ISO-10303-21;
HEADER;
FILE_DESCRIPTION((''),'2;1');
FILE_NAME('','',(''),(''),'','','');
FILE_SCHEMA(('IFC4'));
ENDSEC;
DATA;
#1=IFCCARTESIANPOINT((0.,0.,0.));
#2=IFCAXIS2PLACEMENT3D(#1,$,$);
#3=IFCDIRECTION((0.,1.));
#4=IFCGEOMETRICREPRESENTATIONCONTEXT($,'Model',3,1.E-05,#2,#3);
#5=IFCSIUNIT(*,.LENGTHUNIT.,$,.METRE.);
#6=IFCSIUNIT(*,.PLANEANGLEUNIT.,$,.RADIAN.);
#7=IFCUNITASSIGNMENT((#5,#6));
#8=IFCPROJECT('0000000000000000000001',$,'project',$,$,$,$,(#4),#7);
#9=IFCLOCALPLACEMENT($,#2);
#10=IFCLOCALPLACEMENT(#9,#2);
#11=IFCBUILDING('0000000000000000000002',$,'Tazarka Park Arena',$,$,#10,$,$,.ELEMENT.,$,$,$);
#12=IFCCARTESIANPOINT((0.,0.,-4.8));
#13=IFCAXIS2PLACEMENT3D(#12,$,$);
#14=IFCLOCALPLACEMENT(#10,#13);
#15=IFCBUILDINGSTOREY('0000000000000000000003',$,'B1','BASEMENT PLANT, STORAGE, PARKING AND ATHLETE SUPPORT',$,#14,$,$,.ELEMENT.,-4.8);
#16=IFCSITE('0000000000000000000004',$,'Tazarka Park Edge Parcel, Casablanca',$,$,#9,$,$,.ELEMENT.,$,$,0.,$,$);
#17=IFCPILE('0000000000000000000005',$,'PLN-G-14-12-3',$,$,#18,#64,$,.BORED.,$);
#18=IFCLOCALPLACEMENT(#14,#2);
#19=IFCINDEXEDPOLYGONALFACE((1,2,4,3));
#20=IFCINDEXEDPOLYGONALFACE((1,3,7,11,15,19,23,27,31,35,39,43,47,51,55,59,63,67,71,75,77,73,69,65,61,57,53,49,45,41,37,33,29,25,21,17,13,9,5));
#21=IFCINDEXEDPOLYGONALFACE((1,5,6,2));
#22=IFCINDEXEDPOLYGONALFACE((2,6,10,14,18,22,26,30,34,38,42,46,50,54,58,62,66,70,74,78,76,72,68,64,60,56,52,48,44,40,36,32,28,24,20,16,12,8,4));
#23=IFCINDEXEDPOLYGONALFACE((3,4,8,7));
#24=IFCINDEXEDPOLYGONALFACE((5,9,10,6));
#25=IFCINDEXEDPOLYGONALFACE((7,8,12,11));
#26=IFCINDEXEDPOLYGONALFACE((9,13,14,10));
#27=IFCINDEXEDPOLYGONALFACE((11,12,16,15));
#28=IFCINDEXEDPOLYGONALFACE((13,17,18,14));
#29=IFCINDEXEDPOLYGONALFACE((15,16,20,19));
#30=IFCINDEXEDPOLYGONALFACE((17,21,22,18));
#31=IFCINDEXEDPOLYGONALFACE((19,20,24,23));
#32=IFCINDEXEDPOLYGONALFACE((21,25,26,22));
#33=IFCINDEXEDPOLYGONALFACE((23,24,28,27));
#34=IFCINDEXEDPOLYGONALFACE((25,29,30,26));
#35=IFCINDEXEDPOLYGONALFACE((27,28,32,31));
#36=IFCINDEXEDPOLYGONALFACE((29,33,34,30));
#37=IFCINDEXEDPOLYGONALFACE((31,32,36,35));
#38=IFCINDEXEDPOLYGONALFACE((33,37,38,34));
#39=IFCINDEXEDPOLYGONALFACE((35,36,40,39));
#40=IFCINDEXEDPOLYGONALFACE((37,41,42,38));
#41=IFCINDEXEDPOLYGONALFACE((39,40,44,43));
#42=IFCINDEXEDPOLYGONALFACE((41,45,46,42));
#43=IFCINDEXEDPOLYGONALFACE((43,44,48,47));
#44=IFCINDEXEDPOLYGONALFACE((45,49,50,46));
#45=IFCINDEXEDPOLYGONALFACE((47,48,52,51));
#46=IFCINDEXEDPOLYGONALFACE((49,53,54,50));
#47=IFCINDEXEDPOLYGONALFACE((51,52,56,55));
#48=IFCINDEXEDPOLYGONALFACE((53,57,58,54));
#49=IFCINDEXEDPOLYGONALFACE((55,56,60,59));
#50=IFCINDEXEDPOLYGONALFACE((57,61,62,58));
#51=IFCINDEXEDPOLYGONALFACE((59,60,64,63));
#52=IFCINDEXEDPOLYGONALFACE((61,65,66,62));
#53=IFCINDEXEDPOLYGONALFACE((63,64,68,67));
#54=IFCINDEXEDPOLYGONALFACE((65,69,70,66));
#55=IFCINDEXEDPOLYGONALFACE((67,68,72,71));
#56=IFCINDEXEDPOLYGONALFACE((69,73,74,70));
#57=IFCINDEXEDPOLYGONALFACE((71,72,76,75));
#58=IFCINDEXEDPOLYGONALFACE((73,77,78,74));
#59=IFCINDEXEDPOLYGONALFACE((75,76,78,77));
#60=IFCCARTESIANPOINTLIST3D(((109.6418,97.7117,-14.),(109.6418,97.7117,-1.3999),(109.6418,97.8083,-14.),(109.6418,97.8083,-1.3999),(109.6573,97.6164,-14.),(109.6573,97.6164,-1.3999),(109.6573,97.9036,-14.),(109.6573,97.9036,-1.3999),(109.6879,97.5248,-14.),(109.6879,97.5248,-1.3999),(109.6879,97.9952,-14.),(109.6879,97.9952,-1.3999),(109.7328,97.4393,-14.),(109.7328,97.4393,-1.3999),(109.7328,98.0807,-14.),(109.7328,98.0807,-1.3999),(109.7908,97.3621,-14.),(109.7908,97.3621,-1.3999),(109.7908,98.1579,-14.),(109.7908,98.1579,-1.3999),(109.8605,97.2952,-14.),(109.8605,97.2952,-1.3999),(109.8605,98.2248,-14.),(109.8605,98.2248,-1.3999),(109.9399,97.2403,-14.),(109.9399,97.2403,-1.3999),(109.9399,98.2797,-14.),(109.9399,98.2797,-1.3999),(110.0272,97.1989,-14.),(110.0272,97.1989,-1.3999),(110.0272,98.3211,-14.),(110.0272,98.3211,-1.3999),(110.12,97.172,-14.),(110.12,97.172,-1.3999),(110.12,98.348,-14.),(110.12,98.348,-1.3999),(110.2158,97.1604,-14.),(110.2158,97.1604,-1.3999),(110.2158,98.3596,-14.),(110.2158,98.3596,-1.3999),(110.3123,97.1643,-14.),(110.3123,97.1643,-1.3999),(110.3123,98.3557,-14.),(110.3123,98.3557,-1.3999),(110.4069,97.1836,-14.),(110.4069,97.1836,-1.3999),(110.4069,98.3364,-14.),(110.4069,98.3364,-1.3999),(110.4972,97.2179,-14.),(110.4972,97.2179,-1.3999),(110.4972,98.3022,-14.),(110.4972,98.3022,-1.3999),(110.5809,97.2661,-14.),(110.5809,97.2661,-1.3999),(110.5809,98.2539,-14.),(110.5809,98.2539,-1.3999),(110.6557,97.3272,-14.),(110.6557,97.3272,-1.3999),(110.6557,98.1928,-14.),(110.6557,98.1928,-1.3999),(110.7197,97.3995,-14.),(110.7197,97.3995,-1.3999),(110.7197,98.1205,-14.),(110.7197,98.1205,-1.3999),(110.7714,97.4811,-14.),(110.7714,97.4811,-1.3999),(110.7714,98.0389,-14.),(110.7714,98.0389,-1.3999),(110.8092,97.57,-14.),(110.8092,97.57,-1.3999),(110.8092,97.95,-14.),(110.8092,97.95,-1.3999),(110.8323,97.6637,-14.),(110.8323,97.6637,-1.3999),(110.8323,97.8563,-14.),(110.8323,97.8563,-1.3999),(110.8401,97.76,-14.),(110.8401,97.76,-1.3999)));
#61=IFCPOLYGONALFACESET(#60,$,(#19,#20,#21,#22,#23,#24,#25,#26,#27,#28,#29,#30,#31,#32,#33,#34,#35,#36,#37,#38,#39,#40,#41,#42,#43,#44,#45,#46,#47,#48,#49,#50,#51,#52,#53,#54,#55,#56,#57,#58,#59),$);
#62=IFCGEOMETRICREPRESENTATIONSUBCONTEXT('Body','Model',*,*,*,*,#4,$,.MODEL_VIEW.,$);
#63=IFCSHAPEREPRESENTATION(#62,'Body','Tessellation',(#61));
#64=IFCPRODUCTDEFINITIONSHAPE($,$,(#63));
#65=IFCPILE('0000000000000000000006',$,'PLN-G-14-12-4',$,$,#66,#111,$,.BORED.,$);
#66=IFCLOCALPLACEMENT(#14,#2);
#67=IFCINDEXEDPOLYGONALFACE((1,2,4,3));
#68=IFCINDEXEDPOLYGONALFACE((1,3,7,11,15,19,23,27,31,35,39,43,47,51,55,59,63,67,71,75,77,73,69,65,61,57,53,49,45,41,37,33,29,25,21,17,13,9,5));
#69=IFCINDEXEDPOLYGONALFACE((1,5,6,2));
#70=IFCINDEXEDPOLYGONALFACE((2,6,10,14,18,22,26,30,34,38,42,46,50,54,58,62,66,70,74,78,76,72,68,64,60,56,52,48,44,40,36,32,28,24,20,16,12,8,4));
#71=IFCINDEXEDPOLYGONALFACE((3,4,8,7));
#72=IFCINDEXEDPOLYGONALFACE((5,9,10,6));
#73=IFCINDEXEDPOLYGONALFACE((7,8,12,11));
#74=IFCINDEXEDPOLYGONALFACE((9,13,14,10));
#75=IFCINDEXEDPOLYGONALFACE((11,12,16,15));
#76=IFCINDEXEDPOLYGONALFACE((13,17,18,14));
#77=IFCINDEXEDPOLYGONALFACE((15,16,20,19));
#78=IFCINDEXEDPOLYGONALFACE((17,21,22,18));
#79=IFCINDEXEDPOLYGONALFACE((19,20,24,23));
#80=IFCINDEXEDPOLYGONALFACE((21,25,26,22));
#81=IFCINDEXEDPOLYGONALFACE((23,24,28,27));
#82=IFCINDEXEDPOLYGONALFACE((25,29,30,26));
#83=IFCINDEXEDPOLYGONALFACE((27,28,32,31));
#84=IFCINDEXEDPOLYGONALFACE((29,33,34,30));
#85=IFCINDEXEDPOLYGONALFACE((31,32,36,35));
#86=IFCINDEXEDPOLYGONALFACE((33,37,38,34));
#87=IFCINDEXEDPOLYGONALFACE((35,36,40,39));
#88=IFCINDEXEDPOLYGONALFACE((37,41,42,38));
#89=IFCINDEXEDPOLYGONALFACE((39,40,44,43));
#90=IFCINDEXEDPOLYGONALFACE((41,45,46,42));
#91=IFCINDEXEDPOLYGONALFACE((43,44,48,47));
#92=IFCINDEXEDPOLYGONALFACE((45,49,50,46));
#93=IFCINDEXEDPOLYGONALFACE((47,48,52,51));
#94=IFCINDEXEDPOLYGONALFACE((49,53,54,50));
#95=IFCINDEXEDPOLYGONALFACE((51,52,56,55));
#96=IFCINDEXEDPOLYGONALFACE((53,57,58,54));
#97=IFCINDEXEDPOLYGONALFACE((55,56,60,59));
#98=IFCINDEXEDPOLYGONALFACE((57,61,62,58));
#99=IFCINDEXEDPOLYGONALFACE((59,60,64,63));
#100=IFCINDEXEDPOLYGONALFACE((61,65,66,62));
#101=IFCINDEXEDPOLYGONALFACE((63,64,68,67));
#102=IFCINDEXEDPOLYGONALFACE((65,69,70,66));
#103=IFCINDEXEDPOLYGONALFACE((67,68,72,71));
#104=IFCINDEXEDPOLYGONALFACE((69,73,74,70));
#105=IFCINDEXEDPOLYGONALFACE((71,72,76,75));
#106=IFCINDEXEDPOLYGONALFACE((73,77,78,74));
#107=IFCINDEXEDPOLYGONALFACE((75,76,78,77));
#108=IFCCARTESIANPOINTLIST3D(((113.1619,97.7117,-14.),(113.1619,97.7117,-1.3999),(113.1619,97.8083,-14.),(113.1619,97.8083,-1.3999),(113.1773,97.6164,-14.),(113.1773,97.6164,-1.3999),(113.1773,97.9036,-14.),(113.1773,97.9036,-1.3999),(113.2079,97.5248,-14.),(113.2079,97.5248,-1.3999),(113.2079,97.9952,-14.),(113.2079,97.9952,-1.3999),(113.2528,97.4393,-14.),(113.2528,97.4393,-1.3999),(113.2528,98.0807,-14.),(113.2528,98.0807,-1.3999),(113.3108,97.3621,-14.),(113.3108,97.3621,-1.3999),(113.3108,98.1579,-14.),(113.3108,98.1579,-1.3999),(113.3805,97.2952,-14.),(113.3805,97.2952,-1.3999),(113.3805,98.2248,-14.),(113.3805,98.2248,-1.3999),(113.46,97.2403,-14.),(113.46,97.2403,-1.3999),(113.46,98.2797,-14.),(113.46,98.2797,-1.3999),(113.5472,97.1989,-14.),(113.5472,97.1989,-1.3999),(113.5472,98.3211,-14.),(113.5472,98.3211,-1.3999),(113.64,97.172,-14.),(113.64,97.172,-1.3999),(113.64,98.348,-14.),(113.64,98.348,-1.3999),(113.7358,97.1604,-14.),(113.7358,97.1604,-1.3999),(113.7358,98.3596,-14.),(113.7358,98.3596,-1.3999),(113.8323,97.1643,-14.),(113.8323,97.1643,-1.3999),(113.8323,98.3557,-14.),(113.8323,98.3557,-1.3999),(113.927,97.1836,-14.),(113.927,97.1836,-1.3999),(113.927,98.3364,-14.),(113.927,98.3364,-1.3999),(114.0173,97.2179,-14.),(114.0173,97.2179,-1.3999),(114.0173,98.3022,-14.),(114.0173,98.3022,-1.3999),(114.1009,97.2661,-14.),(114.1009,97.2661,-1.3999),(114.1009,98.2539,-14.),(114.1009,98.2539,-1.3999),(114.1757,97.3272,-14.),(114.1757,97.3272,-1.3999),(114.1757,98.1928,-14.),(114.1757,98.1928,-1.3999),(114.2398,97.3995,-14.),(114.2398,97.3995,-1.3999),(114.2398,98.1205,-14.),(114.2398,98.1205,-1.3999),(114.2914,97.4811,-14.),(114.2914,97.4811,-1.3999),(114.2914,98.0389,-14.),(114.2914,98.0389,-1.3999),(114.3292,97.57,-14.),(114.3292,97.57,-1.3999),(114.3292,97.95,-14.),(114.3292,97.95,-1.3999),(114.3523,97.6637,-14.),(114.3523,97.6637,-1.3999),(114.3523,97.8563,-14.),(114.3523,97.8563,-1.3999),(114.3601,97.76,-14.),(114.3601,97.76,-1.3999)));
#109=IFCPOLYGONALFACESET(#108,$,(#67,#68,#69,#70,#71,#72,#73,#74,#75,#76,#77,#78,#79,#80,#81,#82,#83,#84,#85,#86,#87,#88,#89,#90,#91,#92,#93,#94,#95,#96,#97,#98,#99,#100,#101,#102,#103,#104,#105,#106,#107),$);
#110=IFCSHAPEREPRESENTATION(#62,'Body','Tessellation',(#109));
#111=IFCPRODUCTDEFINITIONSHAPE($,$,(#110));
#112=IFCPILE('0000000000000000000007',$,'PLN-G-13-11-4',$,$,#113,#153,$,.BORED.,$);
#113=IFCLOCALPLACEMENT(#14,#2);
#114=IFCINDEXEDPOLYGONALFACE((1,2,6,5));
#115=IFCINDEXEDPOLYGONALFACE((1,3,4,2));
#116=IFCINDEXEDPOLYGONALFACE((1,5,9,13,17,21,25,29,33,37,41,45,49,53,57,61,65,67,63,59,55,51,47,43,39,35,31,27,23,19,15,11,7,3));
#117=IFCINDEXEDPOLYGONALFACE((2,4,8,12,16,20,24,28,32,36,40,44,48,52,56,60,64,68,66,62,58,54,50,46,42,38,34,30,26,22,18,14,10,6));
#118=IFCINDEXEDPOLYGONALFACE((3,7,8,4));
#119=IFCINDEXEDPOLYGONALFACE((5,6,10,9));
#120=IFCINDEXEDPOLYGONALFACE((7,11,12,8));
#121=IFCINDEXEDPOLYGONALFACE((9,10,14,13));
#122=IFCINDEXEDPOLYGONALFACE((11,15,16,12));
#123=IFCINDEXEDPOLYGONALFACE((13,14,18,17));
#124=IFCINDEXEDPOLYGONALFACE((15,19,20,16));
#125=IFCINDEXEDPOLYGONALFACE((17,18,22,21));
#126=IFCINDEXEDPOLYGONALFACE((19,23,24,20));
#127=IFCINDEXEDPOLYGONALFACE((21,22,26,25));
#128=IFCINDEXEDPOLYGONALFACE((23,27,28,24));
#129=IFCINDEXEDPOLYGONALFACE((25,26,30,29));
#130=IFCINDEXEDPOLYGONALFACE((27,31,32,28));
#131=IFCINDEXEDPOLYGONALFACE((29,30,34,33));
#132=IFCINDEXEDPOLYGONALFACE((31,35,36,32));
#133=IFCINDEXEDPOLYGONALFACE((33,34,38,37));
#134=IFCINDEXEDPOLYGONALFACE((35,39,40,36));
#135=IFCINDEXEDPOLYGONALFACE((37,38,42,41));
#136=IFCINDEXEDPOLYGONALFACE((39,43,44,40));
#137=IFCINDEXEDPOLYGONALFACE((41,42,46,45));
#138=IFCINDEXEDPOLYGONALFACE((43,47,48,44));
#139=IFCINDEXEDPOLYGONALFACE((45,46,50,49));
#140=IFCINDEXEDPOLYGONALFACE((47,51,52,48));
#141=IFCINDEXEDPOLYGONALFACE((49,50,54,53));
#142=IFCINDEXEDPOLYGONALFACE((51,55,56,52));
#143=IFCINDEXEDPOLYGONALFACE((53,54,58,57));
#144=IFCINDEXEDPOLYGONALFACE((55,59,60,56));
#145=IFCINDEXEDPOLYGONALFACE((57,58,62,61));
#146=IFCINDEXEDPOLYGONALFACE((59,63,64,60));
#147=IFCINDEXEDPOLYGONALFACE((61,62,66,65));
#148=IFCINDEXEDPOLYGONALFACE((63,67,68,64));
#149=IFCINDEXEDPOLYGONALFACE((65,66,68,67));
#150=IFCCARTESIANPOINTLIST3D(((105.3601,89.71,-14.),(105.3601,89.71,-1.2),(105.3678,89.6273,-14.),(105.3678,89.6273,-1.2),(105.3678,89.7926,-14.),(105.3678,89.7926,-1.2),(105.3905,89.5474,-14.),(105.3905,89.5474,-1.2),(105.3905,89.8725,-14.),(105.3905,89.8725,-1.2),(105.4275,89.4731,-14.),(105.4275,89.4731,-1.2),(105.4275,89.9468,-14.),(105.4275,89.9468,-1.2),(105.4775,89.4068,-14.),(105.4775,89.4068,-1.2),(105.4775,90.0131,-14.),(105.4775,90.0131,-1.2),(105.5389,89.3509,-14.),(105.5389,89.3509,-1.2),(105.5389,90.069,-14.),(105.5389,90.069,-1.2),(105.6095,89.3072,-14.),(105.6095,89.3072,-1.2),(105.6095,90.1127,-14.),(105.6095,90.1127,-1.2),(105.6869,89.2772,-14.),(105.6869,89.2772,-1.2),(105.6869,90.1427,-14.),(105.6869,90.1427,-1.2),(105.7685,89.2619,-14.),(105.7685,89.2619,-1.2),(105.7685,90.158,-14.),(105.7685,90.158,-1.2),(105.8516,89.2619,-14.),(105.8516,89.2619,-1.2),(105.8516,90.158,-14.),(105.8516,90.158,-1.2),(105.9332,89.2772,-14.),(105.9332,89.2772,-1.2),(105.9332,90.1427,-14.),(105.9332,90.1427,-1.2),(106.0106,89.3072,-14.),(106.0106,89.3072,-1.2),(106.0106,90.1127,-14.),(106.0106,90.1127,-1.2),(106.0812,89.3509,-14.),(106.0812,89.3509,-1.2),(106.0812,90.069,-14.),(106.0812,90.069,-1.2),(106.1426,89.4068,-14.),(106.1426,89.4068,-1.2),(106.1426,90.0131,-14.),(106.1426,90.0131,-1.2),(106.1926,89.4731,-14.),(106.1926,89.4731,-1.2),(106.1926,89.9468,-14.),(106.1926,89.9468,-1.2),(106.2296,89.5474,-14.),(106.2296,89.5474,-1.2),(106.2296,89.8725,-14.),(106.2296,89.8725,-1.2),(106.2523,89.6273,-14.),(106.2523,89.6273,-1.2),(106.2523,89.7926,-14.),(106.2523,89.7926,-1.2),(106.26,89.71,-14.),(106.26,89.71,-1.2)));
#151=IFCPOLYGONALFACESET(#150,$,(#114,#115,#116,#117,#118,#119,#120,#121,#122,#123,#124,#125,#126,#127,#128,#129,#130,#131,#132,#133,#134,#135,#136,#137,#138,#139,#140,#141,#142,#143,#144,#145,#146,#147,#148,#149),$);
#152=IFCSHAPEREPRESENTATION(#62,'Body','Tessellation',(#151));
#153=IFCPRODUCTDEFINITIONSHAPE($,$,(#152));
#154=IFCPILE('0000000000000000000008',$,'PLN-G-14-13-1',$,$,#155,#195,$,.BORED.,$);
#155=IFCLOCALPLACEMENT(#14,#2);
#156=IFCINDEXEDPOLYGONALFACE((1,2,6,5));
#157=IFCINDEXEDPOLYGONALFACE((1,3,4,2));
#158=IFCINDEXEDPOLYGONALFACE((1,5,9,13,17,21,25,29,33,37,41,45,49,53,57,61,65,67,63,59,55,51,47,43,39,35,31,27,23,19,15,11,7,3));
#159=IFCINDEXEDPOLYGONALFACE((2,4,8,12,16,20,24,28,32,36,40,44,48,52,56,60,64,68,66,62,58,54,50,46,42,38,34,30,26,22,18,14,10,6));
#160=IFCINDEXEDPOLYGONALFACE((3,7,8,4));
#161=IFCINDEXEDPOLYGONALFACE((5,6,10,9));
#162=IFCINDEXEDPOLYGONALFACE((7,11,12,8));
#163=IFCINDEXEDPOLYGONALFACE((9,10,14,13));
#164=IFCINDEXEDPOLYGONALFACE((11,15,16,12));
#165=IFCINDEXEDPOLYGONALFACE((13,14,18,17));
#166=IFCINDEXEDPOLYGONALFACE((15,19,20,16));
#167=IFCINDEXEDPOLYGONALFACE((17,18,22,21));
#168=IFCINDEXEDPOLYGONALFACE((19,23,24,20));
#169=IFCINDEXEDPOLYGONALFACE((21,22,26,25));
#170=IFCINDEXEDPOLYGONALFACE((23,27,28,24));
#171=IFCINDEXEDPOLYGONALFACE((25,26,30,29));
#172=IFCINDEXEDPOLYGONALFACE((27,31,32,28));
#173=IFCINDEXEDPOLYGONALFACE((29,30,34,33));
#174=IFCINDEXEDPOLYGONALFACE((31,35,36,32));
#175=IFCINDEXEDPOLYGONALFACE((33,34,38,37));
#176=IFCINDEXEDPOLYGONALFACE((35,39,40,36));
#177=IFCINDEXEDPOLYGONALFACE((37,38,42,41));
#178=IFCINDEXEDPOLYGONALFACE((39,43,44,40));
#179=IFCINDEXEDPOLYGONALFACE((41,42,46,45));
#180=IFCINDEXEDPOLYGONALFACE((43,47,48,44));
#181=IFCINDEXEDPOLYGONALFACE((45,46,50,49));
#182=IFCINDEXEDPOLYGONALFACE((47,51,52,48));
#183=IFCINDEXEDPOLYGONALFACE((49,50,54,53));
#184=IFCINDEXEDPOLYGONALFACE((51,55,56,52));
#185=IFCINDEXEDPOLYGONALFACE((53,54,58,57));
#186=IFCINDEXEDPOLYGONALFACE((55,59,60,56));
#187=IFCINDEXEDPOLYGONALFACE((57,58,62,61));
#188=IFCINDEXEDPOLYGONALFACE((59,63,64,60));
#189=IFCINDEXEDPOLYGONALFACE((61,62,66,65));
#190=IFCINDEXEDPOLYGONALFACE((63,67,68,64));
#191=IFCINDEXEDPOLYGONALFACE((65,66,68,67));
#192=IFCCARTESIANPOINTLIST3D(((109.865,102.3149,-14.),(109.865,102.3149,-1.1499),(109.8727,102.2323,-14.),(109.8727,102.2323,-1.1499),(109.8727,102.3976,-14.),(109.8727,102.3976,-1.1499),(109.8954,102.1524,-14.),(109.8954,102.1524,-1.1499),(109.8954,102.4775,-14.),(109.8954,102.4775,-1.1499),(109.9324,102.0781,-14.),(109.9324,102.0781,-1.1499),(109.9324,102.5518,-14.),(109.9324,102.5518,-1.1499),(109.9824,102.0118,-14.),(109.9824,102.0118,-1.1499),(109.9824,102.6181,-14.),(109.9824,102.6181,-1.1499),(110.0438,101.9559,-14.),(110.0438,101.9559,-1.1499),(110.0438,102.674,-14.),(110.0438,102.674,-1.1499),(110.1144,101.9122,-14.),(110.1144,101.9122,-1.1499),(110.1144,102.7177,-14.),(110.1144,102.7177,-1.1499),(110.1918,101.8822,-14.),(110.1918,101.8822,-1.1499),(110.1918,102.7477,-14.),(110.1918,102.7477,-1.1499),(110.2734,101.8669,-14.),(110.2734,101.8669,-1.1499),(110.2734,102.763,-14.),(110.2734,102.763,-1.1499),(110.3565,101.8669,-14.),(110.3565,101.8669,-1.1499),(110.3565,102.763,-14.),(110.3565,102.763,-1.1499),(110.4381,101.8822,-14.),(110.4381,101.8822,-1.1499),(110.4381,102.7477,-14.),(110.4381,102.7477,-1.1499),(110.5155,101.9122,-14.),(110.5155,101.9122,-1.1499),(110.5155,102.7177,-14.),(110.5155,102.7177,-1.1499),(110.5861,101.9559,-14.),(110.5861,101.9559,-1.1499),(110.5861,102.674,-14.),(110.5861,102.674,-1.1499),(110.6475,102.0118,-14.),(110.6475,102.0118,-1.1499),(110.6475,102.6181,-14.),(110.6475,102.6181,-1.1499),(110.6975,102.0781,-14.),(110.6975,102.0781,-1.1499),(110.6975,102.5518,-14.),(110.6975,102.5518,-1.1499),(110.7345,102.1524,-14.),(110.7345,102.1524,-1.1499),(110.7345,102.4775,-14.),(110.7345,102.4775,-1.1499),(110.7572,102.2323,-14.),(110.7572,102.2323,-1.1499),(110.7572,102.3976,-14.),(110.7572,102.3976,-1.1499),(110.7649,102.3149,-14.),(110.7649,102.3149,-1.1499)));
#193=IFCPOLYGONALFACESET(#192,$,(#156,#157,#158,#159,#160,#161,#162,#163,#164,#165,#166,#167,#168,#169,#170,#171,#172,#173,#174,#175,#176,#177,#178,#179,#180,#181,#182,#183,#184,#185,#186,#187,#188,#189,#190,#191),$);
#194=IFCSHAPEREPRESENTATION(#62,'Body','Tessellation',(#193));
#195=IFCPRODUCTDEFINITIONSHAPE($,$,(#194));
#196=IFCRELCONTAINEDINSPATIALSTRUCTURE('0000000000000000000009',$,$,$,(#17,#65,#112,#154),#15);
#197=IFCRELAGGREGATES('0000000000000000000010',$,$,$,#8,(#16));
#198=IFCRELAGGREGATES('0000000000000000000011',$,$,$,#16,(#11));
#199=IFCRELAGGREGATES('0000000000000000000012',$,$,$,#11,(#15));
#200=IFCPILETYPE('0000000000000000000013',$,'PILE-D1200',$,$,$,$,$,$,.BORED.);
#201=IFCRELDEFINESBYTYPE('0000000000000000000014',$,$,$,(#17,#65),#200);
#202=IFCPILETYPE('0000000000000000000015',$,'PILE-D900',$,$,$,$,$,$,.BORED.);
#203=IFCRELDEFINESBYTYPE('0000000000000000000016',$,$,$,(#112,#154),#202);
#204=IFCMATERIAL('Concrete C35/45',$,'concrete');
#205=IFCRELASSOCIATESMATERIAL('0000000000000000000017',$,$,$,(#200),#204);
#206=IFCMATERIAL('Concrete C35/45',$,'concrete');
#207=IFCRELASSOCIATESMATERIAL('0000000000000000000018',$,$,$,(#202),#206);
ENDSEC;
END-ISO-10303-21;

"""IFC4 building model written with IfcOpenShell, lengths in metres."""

from ifc_helpers import new_model, si_unit, direction, frame, origin, origin_2d, place, context, subcontext, project, spatial, circle, extrude, material, material_profile, profile_set, type_object, element, save


model = new_model("IFC4")

# Units and contexts
model_context = context("Model", 3, precision=1e-05, world=origin(), true_north=direction((0.0, 1.0)))
body_context = subcontext(model_context, "Body", "Model", "MODEL_VIEW")
ifc_project = project(units=[si_unit("LENGTHUNIT", "METRE"), si_unit("PLANEANGLEUNIT", "RADIAN")], contexts=[model_context])

# Site, building, storey
site_placement = place(None, origin())
site = spatial("IfcSite", under=ifc_project, at=site_placement, Name="Tazarka Park Edge Parcel, Casablanca", CompositionType="ELEMENT", RefElevation=0.0)
building_placement = place(site_placement, origin())
building = spatial("IfcBuilding", under=site, at=building_placement, Name="Tazarka Park Arena", CompositionType="ELEMENT")
storey_placement = place(building_placement, frame((0.0, 0.0, -4.8)))
storey = spatial("IfcBuildingStorey", under=building, at=storey_placement, Name="B1", Description="BASEMENT PLANT, STORAGE, PARKING AND ATHLETE SUPPORT", CompositionType="ELEMENT", Elevation=-4.8)

# Piles
ifc_material_1 = material(Name="Concrete C35/45", Category="concrete")
ifc_material_profile_1 = material_profile(ifc_material_1, circle(Radius=0.6001, at=origin_2d()), Name="Concrete C35/45")
ifc_profile_set_1 = profile_set([ifc_material_profile_1], Name="Concrete C35/45")
pile_type_1 = type_object("IfcPileType", Name="PILE-D1200", PredefinedType="BORED", material=ifc_profile_set_1)
for number, where, z_axis, x_axis, name in (
    (1, (110.24, 97.76, -1.3999), (0.0, 0.0, -1.0), (1.0, 0.0, 0.0), "PLN-G-14-12-3"),
    (2, (113.76, 97.76, -1.3999), (0.0, 0.0, -1.0), (1.0, 0.0, 0.0), "PLN-G-14-12-4"),
):
    element("IfcPile", number, at=place(storey_placement, frame(where, z_axis=z_axis, x_axis=x_axis)), inside=storey, type_object=pile_type_1, Name=name, PredefinedType="BORED", context=body_context, shape_type="SweptSolid", body=[
        extrude(circle(Radius=0.6001, at=origin_2d()), origin(), (0.0, 0.0, 1.0), 12.6001),
    ])
ifc_material_2 = material(Name="Concrete C35/45", Category="concrete")
ifc_material_profile_2 = material_profile(ifc_material_2, circle(Radius=0.45, at=origin_2d()), Name="Concrete C35/45")
ifc_profile_set_2 = profile_set([ifc_material_profile_2], Name="Concrete C35/45")
pile_type_2 = type_object("IfcPileType", Name="PILE-D900", PredefinedType="BORED", material=ifc_profile_set_2)
pile_placement = place(storey_placement, frame((105.8101, 89.71, -1.2), z_axis=(0.0, 0.0, -1.0), x_axis=(1.0, 0.0, 0.0)))
element("IfcPile", 3, at=pile_placement, inside=storey, type_object=pile_type_2, Name="PLN-G-13-11-4", PredefinedType="BORED", context=body_context, shape_type="SweptSolid", body=[
    extrude(circle(Radius=0.45, at=origin_2d()), origin(), (0.0, 0.0, 1.0), 12.8),
])
for number, where, z_axis, x_axis, name in (
    (4, (110.3149, 102.3149, -1.1499), (0.0, 0.0, -1.0), (1.0, 0.0, 0.0), "PLN-G-14-13-1"),
):
    element("IfcPile", number, at=place(storey_placement, frame(where, z_axis=z_axis, x_axis=x_axis)), inside=storey, type_object=pile_type_2, Name=name, PredefinedType="BORED", context=body_context, shape_type="SweptSolid", body=[
        extrude(circle(Radius=0.45, at=origin_2d()), origin(), (0.0, 0.0, 1.0), 12.8501),
    ])

save(model, "model.ifc")
